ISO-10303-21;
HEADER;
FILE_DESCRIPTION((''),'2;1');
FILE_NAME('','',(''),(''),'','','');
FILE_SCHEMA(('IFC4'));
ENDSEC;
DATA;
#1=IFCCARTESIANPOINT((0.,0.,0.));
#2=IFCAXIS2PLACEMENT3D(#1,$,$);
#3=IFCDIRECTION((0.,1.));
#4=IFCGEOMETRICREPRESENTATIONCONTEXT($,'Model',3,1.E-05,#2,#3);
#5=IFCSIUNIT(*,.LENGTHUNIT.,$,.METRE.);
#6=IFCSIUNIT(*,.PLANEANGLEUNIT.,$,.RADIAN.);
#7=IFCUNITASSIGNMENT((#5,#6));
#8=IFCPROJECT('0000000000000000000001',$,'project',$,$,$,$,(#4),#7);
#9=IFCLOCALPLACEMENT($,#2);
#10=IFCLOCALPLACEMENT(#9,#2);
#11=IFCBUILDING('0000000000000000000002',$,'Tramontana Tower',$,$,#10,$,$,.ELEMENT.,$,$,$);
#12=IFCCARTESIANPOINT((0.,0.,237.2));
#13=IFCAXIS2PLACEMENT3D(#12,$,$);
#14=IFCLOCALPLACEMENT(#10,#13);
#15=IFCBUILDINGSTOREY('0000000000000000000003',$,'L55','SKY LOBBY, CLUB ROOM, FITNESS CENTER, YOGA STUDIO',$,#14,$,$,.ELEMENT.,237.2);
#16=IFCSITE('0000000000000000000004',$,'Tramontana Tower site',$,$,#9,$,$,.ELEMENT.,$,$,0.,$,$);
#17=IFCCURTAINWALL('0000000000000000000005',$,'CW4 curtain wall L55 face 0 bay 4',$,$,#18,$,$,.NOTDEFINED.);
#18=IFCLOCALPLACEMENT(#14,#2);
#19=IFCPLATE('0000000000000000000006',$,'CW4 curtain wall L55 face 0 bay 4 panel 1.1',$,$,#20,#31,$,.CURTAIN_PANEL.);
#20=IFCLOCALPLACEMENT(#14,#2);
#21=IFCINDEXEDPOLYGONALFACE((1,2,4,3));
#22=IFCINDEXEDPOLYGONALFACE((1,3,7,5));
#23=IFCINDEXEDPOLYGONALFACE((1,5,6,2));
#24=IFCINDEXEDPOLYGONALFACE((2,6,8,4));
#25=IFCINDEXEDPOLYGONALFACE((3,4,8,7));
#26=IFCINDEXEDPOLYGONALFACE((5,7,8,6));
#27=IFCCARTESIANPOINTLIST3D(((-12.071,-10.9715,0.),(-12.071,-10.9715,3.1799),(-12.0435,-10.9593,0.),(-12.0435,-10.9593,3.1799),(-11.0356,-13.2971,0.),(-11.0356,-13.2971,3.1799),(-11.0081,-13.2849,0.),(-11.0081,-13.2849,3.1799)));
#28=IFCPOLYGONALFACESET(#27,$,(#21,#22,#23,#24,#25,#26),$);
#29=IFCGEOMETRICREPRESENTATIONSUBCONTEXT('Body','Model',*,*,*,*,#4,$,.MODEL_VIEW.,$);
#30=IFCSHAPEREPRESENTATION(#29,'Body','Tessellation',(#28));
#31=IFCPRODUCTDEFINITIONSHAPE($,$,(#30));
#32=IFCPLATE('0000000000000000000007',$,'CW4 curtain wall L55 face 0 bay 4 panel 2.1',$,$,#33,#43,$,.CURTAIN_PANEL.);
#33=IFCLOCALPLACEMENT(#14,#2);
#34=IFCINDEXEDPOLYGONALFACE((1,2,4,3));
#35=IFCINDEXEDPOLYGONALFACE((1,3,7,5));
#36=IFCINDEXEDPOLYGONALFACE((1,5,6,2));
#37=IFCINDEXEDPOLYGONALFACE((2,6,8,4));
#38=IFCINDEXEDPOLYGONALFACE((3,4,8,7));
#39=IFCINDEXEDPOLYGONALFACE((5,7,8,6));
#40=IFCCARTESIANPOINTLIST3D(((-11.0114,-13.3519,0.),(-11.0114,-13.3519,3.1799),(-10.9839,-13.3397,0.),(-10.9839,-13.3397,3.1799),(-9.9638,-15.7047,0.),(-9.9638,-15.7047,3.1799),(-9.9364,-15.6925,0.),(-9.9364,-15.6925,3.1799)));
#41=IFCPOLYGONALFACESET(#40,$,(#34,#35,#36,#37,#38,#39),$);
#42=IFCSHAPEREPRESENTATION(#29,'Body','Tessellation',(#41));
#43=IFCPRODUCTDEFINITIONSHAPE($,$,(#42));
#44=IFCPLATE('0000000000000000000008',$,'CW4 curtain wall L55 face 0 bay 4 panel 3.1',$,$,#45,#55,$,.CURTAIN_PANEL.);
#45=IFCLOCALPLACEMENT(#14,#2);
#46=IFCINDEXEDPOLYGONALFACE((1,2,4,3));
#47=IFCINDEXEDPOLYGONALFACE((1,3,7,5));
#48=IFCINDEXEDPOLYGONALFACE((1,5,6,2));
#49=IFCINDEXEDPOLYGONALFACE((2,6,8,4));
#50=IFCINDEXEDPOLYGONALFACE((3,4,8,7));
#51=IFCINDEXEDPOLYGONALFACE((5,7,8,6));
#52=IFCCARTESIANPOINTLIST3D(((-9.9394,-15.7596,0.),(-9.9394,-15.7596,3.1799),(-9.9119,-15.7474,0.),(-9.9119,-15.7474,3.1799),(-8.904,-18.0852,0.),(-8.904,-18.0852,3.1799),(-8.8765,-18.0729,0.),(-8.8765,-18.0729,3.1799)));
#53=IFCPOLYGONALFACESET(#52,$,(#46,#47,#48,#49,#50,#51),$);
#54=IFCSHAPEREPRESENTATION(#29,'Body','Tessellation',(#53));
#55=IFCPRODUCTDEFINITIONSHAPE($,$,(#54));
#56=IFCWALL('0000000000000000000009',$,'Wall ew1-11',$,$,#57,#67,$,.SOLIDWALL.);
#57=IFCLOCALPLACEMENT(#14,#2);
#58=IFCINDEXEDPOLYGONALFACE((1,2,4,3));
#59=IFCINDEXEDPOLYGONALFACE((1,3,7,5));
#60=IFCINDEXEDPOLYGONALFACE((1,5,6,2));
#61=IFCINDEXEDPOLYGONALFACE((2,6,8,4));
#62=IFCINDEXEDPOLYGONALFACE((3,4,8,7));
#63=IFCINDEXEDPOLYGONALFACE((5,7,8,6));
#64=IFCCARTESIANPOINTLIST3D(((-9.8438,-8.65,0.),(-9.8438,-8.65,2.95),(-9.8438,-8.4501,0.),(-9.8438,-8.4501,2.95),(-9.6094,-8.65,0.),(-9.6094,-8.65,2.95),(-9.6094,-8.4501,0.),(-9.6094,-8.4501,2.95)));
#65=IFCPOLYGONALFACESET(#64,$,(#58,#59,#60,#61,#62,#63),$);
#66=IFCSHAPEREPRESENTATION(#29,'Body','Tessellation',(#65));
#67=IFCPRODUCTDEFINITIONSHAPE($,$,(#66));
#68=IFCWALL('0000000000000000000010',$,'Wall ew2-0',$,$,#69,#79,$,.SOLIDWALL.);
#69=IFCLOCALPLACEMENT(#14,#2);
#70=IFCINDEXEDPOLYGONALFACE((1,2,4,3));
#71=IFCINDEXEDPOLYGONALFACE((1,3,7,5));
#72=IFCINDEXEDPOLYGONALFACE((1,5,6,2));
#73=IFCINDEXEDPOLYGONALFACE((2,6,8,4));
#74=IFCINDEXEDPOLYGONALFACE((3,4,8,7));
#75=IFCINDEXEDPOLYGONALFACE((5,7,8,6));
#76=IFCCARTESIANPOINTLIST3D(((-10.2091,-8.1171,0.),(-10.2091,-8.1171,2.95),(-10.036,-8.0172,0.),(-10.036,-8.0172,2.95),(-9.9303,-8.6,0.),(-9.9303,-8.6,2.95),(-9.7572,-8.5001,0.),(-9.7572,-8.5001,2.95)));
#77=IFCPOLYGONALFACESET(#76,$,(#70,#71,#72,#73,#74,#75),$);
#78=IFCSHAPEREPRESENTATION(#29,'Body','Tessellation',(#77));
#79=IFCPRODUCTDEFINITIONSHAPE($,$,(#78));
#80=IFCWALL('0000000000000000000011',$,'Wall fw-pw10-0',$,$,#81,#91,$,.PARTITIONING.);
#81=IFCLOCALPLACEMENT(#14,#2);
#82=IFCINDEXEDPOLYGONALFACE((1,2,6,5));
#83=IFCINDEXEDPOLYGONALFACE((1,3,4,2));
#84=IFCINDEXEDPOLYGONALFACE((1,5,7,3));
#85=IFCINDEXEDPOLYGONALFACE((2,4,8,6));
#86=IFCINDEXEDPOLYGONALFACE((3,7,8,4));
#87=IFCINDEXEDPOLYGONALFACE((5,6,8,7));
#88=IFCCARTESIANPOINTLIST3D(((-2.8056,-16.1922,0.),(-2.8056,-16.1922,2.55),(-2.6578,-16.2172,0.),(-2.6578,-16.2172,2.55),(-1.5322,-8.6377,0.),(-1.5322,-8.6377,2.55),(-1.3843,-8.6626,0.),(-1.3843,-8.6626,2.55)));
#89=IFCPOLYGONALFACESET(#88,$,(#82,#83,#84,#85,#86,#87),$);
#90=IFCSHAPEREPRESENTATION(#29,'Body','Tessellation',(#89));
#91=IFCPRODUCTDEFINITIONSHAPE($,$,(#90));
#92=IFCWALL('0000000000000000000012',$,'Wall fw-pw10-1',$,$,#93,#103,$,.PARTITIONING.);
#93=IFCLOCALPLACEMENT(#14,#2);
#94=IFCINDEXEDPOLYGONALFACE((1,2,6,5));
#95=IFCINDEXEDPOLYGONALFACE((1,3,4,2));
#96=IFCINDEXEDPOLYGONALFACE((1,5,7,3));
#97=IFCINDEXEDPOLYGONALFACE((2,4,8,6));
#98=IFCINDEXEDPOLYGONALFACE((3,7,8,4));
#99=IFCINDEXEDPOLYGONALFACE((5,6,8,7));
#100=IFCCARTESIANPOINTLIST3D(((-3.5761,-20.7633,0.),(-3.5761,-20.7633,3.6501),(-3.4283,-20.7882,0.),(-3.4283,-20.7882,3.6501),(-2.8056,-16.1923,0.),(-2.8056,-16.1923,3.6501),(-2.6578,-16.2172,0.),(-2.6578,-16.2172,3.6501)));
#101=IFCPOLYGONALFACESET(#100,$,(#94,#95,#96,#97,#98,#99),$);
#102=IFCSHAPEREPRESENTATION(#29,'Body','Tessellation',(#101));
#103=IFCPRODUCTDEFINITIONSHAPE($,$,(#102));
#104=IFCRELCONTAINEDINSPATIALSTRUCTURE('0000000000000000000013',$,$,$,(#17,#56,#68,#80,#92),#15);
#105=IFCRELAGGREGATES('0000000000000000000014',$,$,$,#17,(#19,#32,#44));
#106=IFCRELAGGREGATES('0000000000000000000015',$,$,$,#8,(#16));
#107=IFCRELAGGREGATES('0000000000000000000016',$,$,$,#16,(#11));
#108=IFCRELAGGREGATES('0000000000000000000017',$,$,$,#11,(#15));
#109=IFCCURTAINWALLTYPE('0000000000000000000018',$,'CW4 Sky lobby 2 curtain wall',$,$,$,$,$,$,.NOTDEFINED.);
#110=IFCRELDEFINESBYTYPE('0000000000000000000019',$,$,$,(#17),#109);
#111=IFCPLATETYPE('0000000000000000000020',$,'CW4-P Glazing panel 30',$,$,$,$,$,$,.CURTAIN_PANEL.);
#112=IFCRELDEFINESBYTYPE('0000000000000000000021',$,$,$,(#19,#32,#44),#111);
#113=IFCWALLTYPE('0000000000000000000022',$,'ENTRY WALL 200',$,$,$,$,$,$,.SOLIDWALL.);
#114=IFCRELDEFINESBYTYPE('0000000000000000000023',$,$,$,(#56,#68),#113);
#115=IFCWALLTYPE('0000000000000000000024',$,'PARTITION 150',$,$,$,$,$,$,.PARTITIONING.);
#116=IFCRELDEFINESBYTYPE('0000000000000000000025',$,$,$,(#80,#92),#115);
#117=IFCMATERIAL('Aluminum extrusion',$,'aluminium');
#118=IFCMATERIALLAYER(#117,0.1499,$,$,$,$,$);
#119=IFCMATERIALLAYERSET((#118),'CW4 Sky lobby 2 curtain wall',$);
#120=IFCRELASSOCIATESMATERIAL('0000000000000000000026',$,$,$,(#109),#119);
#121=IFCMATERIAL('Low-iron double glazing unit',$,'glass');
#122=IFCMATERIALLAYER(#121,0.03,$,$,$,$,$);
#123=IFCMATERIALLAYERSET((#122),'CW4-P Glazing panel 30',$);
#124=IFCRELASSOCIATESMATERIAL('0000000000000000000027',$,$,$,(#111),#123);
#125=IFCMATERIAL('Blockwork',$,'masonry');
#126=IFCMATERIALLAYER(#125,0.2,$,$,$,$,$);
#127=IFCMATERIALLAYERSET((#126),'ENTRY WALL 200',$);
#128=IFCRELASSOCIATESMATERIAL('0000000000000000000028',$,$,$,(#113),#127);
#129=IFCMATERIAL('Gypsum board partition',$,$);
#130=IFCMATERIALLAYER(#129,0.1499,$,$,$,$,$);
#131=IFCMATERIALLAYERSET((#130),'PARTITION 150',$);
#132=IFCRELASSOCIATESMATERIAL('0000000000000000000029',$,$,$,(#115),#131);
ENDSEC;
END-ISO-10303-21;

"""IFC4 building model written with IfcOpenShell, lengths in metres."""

from ifc_helpers import new_model, si_unit, direction, frame, frame_2d, origin, origin_2d, place, context, subcontext, project, spatial, rectangle, extrude, material, layer, layer_set, type_object, element, aggregate, save


model = new_model("IFC4")

# Units and contexts
model_context = context("Model", 3, precision=1e-05, world=origin(), true_north=direction((0.0, 1.0)))
body_context = subcontext(model_context, "Body", "Model", "MODEL_VIEW")
ifc_project = project(units=[si_unit("LENGTHUNIT", "METRE"), si_unit("PLANEANGLEUNIT", "RADIAN")], contexts=[model_context])

# Site, building, storey
site_placement = place(None, origin())
site = spatial("IfcSite", under=ifc_project, at=site_placement, Name="Tramontana Tower site", CompositionType="ELEMENT", RefElevation=0.0)
building_placement = place(site_placement, origin())
building = spatial("IfcBuilding", under=site, at=building_placement, Name="Tramontana Tower", CompositionType="ELEMENT")
storey_placement = place(building_placement, frame((0.0, 0.0, 237.2)))
storey = spatial("IfcBuildingStorey", under=building, at=storey_placement, Name="L55", Description="SKY LOBBY, CLUB ROOM, FITNESS CENTER, YOGA STUDIO", CompositionType="ELEMENT", Elevation=237.2)

# Shared definitions
ifc_material_1 = material(Name="Aluminum extrusion", Category="aluminium")
ifc_layer_1 = layer(ifc_material_1, 0.1499)
ifc_layer_set_1 = layer_set([ifc_layer_1], Name="CW4 Sky lobby 2 curtain wall")
curtain_wall_type = type_object("IfcCurtainWallType", Name="CW4 Sky lobby 2 curtain wall", PredefinedType="NOTDEFINED", material=ifc_layer_set_1)

# Curtain wall
curtain_wall_1_placement = place(storey_placement, origin())
curtain_wall_1 = element("IfcCurtainWall", 1, at=curtain_wall_1_placement, inside=storey, type_object=curtain_wall_type, Name="CW4 curtain wall L55 face 0 bay 4", PredefinedType="NOTDEFINED")

# Plates
ifc_material_2 = material(Name="Low-iron double glazing unit", Category="glass")
ifc_layer_2 = layer(ifc_material_2, 0.03)
ifc_layer_set_2 = layer_set([ifc_layer_2], Name="CW4-P Glazing panel 30")
plate_type = type_object("IfcPlateType", Name="CW4-P Glazing panel 30", PredefinedType="CURTAIN_PANEL", material=ifc_layer_set_2)
plate_1_placement = place(storey_placement, frame((-11.5396, -12.1282, 0.0), z_axis=(0.0, 0.0, 1.0), x_axis=(0.406737, -0.913545, 0.0)))
plate_1 = element("IfcPlate", 2, at=plate_1_placement, type_object=plate_type, Name="CW4 curtain wall L55 face 0 bay 4 panel 1.1", PredefinedType="CURTAIN_PANEL", context=body_context, shape_type="SweptSolid", body=[
    extrude(rectangle(XDim=2.5457, YDim=0.03, at=origin_2d()), origin(), (0.0, 0.0, 1.0), 3.1799),
])
plate_2_placement = place(storey_placement, frame((-10.4739, -14.5222, 0.0), z_axis=(0.0, 0.0, 1.0), x_axis=(0.406737, -0.913545, 0.0)))
plate_2 = element("IfcPlate", 3, at=plate_2_placement, type_object=plate_type, Name="CW4 curtain wall L55 face 0 bay 4 panel 2.1", PredefinedType="CURTAIN_PANEL", context=body_context, shape_type="SweptSolid", body=[
    extrude(rectangle(XDim=2.5754, YDim=0.03, at=origin_2d()), origin(), (0.0, 0.0, 1.0), 3.1799),
])
plate_3_placement = place(storey_placement, frame((-9.408, -16.9163, 0.0), z_axis=(0.0, 0.0, 1.0), x_axis=(0.406737, -0.913545, 0.0)))
plate_3 = element("IfcPlate", 4, at=plate_3_placement, type_object=plate_type, Name="CW4 curtain wall L55 face 0 bay 4 panel 3.1", PredefinedType="CURTAIN_PANEL", context=body_context, shape_type="SweptSolid", body=[
    extrude(rectangle(XDim=2.5457, YDim=0.03, at=origin_2d()), origin(), (0.0, 0.0, 1.0), 3.1799),
])
aggregate(curtain_wall_1, [plate_1, plate_2, plate_3])

# Walls
ifc_material_3 = material(Name="Blockwork", Category="masonry")
ifc_layer_3 = layer(ifc_material_3, 0.2)
ifc_layer_set_3 = layer_set([ifc_layer_3], Name="ENTRY WALL 200")
wall_type_1 = type_object("IfcWallType", Name="ENTRY WALL 200", PredefinedType="SOLIDWALL", material=ifc_layer_set_3)
wall_1_placement = place(storey_placement, frame((-9.6094, -8.55, 0.0), z_axis=(0.0, 0.0, 1.0), x_axis=(-1.0, 0.0, 0.0)))
element("IfcWall", 5, at=wall_1_placement, inside=storey, type_object=wall_type_1, Name="Wall ew1-11", PredefinedType="SOLIDWALL", context=body_context, shape_type="SweptSolid", body=[
    extrude(rectangle(XDim=0.2344, YDim=0.2, at=frame_2d((0.1172, 0.0))), origin(), (0.0, 0.0, 1.0), 2.95),
])
wall_2_placement = place(storey_placement, frame((-9.8438, -8.55, 0.0), z_axis=(0.0, 0.0, 1.0), x_axis=(-0.5, 0.866025, 0.0)))
element("IfcWall", 6, at=wall_2_placement, inside=storey, type_object=wall_type_1, Name="Wall ew2-0", PredefinedType="SOLIDWALL", context=body_context, shape_type="SweptSolid", body=[
    extrude(rectangle(XDim=0.5576, YDim=0.2, at=frame_2d((0.2788, 0.0))), origin(), (0.0, 0.0, 1.0), 2.95),
])
ifc_material_4 = material(Name="Gypsum board partition")
ifc_layer_4 = layer(ifc_material_4, 0.1499)
ifc_layer_set_4 = layer_set([ifc_layer_4], Name="PARTITION 150")
wall_type_2 = type_object("IfcWallType", Name="PARTITION 150", PredefinedType="PARTITIONING", material=ifc_layer_set_4)
wall_3_placement = place(storey_placement, frame((-1.4583, -8.6501, 0.0), z_axis=(0.0, 0.0, 1.0), x_axis=(-0.166223, -0.986088, 0.0)))
element("IfcWall", 7, at=wall_3_placement, inside=storey, type_object=wall_type_2, Name="Wall fw-pw10-0", PredefinedType="PARTITIONING", context=body_context, shape_type="SweptSolid", body=[
    extrude(rectangle(XDim=7.6611, YDim=0.1499, at=frame_2d((3.8306, 0.0))), origin(), (0.0, 0.0, 1.0), 2.55),
])
wall_4_placement = place(storey_placement, frame((-2.7317, -16.2046, 0.0), z_axis=(0.0, 0.0, 1.0), x_axis=(-0.166218, -0.986089, 0.0)))
element("IfcWall", 8, at=wall_4_placement, inside=storey, type_object=wall_type_2, Name="Wall fw-pw10-1", PredefinedType="PARTITIONING", context=body_context, shape_type="SweptSolid", body=[
    extrude(rectangle(XDim=4.6355, YDim=0.1499, at=frame_2d((2.3179, 0.0))), origin(), (0.0, 0.0, 1.0), 3.6501),
])

save(model, "model.ifc")
